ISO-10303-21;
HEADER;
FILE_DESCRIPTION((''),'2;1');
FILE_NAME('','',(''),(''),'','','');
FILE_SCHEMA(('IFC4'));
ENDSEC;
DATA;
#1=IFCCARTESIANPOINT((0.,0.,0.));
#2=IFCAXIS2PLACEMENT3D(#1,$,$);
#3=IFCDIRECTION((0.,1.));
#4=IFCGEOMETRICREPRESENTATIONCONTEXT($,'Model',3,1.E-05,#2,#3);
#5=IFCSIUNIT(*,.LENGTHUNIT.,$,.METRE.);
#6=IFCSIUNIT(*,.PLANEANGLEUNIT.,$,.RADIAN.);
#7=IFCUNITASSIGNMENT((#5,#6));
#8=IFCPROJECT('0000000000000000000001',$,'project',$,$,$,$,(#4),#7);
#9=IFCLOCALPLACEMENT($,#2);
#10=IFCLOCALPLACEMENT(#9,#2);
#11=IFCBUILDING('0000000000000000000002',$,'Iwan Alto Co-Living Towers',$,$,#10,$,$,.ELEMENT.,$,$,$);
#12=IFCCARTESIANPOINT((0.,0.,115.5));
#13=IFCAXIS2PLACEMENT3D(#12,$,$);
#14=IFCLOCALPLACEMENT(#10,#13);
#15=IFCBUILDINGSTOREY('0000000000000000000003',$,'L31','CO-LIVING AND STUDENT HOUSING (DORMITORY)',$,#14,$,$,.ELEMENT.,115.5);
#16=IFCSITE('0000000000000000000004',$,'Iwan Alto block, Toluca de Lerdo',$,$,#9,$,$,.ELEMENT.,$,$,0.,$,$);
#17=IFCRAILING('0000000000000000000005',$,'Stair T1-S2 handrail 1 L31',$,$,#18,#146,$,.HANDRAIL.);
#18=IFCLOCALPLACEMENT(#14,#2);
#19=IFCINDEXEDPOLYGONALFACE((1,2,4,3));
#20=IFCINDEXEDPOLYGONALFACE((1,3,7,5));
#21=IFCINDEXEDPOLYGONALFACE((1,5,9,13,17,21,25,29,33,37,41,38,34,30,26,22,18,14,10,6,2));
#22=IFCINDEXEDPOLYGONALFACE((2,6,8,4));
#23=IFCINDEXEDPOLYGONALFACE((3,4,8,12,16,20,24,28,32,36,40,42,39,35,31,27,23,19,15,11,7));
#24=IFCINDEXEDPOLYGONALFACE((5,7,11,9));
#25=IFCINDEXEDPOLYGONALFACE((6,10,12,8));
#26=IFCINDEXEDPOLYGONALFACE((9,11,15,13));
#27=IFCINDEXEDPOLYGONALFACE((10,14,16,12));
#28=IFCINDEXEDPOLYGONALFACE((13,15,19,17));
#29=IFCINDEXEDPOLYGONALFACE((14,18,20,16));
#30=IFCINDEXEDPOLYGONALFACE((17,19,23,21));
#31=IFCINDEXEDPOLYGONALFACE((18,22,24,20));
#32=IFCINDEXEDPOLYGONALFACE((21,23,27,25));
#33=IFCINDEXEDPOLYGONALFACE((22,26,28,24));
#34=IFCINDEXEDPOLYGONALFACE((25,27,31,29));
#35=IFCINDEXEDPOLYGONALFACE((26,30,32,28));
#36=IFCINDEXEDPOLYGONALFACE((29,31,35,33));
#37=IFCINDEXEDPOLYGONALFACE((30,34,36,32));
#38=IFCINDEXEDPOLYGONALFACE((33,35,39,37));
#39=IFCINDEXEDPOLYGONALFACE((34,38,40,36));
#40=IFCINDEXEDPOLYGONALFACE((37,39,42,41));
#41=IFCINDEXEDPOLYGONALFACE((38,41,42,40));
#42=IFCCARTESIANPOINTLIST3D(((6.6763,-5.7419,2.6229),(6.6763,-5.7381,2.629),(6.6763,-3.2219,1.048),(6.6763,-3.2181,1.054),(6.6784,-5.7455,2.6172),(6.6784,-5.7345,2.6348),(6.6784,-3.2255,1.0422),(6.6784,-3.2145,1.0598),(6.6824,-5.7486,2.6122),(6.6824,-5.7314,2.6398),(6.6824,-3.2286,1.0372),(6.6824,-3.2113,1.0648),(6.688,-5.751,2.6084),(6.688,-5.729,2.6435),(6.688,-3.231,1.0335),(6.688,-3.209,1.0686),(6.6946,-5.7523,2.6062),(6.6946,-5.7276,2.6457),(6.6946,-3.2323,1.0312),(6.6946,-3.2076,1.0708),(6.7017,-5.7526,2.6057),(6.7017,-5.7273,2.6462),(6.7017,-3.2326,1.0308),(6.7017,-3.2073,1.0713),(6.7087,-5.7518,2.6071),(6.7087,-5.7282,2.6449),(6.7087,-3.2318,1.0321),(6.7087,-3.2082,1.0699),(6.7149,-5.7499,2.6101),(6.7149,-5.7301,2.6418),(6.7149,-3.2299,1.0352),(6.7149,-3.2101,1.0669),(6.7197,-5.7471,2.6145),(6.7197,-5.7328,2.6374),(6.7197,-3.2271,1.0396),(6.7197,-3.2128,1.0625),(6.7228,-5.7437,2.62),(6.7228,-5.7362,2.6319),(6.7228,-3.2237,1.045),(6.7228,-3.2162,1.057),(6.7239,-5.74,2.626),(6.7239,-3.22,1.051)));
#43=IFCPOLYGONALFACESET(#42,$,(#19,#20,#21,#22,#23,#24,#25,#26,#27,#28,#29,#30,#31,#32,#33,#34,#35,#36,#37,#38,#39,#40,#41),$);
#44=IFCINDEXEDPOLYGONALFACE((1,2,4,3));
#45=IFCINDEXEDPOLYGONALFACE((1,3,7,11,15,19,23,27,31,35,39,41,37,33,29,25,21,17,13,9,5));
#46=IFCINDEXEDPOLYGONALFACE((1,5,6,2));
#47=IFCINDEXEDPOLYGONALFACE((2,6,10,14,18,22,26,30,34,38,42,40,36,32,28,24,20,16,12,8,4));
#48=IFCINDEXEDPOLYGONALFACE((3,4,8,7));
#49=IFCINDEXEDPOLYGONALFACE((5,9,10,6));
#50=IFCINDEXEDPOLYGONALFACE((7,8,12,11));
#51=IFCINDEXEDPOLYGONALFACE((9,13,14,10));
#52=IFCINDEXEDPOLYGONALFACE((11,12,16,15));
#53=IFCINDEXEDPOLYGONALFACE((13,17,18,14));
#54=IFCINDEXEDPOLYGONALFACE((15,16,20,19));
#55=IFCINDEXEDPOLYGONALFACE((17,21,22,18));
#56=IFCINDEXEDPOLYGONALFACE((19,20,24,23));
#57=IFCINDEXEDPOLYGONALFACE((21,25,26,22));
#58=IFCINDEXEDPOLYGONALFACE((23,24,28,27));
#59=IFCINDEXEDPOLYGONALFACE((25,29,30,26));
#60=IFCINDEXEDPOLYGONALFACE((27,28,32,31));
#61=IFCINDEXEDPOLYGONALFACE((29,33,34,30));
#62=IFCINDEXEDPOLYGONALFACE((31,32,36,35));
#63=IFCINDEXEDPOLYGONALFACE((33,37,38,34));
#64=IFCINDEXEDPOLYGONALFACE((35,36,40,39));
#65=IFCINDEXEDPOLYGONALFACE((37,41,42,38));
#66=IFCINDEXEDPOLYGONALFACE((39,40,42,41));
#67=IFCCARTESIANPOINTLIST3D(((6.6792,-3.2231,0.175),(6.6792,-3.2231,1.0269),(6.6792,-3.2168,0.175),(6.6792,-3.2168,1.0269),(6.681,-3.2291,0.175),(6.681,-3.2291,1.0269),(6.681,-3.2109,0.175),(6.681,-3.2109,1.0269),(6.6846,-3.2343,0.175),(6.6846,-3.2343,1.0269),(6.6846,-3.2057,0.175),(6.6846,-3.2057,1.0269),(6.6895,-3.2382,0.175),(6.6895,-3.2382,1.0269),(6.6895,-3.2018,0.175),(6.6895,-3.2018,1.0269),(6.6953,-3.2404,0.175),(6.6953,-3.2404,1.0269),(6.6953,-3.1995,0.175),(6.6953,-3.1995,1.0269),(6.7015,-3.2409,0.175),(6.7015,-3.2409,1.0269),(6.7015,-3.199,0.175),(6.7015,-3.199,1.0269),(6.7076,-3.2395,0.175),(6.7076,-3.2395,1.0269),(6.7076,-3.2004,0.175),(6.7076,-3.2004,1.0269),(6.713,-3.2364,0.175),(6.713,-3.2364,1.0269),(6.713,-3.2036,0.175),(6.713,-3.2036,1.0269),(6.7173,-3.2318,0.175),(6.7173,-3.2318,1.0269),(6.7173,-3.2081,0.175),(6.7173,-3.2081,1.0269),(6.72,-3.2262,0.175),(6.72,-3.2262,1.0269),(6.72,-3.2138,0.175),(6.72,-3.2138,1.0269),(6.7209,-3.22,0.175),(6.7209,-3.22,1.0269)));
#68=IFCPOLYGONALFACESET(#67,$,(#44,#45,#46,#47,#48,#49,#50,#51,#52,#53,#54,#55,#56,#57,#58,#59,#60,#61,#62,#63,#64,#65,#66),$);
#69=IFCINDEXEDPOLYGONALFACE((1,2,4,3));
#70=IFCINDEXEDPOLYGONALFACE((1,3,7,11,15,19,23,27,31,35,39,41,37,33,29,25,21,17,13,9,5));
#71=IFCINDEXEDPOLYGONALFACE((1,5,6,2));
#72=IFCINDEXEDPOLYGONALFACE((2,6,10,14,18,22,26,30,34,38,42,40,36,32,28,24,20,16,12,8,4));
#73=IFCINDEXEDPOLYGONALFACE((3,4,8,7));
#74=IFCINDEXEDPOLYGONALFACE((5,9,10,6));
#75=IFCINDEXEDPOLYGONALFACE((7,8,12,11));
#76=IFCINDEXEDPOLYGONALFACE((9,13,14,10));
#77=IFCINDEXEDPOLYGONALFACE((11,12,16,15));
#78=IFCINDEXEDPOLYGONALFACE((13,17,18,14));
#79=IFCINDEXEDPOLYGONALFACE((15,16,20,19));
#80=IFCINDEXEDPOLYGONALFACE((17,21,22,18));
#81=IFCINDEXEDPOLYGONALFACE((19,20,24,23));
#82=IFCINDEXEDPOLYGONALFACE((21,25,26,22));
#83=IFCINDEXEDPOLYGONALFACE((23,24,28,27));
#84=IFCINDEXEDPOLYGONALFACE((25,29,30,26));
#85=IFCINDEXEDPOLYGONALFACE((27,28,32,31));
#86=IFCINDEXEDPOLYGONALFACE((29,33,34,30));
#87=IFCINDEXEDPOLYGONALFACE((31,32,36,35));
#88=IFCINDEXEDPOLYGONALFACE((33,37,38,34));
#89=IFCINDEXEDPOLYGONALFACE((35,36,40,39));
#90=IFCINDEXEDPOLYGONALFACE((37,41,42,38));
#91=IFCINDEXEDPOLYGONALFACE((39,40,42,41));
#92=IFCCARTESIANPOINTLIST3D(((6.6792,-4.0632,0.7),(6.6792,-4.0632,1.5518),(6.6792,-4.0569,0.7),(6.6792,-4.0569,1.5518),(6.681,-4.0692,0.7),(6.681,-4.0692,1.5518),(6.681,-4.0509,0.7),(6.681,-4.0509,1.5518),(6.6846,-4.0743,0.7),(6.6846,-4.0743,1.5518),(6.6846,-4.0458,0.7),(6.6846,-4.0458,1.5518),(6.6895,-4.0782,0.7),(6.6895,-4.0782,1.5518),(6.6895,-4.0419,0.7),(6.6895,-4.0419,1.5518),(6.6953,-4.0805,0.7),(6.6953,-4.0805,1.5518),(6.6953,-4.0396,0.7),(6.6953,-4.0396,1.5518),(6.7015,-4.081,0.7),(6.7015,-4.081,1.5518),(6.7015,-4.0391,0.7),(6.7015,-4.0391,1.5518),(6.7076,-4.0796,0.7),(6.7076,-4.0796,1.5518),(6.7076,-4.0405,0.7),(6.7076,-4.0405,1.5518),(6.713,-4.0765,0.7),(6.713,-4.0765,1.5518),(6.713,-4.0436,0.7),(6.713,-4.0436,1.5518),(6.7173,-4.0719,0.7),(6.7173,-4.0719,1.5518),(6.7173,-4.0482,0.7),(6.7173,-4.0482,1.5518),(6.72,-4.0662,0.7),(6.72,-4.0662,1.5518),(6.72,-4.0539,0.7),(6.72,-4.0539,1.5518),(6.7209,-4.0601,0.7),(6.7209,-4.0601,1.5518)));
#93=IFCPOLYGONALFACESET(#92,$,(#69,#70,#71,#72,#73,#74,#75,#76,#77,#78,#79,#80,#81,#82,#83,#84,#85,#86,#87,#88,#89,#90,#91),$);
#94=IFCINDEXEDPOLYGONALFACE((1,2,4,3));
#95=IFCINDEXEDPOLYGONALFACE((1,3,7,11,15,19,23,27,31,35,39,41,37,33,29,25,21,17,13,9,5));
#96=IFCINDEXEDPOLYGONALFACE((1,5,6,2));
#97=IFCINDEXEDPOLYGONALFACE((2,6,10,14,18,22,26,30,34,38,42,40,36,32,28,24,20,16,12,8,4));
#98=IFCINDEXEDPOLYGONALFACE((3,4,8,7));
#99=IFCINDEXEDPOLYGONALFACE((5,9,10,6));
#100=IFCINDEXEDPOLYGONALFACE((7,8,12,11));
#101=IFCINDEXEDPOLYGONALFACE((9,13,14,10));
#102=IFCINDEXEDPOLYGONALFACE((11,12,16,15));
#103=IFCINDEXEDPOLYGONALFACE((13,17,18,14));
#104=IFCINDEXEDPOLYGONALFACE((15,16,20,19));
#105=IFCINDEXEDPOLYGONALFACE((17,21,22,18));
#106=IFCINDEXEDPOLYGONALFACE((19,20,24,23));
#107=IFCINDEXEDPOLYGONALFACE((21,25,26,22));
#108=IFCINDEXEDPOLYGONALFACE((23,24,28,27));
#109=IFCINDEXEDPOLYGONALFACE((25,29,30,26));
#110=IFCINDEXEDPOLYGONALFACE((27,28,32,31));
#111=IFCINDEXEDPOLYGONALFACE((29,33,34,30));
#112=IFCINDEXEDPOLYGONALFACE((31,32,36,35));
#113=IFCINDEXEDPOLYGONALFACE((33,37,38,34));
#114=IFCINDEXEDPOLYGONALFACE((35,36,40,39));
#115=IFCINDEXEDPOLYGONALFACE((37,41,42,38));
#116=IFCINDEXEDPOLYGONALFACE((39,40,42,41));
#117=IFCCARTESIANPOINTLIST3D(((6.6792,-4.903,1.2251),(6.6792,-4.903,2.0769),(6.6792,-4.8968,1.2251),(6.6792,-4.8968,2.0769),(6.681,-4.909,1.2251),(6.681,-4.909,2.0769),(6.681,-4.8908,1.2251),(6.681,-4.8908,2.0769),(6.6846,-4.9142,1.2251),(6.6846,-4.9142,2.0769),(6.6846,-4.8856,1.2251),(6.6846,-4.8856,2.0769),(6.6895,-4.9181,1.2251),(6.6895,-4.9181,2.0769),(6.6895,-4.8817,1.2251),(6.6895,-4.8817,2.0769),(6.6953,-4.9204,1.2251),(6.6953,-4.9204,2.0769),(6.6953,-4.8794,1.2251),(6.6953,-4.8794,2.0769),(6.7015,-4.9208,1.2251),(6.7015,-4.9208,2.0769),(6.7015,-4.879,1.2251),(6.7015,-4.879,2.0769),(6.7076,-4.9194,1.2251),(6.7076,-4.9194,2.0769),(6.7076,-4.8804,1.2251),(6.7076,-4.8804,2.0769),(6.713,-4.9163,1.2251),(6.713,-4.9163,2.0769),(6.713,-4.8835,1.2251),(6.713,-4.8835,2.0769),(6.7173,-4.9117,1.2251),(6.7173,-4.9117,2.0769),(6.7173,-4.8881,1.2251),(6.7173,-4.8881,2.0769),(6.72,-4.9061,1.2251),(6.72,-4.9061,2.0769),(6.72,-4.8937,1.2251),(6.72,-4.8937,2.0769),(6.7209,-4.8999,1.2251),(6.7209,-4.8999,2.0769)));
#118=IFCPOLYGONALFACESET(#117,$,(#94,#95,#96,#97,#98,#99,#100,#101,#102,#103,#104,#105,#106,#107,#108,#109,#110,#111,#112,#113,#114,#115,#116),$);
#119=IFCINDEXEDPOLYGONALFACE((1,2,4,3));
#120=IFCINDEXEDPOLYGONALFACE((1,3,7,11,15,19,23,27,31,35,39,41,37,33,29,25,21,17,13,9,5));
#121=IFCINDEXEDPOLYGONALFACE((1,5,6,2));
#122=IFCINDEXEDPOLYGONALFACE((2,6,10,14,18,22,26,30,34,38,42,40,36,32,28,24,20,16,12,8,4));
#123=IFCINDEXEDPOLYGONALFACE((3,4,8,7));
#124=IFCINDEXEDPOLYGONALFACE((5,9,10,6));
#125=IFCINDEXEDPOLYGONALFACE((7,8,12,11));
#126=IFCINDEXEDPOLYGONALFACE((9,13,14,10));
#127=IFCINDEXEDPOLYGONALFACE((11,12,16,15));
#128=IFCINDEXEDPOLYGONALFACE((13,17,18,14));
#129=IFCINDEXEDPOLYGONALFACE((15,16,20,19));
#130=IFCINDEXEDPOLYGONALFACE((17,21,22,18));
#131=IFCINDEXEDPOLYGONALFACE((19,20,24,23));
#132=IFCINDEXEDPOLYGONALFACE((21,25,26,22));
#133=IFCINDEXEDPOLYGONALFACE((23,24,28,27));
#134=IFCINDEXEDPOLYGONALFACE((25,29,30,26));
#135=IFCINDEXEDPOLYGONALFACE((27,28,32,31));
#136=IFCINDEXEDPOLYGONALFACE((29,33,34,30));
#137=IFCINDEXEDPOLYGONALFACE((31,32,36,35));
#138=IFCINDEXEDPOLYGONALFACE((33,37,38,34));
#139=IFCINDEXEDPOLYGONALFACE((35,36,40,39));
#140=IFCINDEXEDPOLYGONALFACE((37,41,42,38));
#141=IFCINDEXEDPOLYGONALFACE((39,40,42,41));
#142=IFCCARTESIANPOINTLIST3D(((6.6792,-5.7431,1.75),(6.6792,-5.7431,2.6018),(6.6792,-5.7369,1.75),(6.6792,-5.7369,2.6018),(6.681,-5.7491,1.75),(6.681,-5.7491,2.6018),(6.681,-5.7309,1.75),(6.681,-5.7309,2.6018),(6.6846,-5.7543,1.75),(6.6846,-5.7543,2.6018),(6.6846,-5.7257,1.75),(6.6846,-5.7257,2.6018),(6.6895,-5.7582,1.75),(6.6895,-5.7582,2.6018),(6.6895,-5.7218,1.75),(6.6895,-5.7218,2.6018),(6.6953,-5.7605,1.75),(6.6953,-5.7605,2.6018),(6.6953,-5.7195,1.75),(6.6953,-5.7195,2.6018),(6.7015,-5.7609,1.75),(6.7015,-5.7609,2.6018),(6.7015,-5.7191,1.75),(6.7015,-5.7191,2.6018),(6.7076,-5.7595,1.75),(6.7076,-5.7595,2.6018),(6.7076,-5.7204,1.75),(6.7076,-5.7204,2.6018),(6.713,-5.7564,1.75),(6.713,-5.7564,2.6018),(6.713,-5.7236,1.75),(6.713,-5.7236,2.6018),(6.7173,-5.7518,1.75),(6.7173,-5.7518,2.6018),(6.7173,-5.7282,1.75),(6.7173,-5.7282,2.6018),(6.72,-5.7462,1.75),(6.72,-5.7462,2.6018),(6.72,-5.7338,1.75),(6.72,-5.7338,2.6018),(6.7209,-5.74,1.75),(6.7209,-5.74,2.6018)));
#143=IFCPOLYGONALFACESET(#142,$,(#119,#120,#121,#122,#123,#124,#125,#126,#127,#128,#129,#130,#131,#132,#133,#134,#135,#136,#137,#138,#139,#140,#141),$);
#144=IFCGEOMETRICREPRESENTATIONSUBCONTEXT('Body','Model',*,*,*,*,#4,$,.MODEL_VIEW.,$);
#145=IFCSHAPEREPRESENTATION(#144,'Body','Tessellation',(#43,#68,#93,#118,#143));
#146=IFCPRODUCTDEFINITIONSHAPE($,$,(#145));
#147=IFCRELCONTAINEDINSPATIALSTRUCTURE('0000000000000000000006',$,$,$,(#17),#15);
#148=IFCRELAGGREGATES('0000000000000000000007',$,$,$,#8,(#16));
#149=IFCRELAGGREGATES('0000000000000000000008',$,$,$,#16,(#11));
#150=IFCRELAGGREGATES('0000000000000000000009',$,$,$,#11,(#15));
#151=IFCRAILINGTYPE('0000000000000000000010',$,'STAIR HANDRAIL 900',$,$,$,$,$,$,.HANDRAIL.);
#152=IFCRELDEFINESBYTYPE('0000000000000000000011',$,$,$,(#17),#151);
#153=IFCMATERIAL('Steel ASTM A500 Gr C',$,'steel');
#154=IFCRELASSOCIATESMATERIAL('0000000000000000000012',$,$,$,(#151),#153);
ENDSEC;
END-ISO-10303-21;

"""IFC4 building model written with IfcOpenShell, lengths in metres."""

from ifc_helpers import new_model, si_unit, direction, frame, origin, origin_2d, place, context, subcontext, project, spatial, circle, extrude, material, type_object, element, save


model = new_model("IFC4")

# Units and contexts
model_context = context("Model", 3, precision=1e-05, world=origin(), true_north=direction((0.0, 1.0)))
body_context = subcontext(model_context, "Body", "Model", "MODEL_VIEW")
ifc_project = project(units=[si_unit("LENGTHUNIT", "METRE"), si_unit("PLANEANGLEUNIT", "RADIAN")], contexts=[model_context])

# Site, building, storey
site_placement = place(None, origin())
site = spatial("IfcSite", under=ifc_project, at=site_placement, Name="Iwan Alto block, Toluca de Lerdo", CompositionType="ELEMENT", RefElevation=0.0)
building_placement = place(site_placement, origin())
building = spatial("IfcBuilding", under=site, at=building_placement, Name="Iwan Alto Co-Living Towers", CompositionType="ELEMENT")
storey_placement = place(building_placement, frame((0.0, 0.0, 115.5)))
storey = spatial("IfcBuildingStorey", under=building, at=storey_placement, Name="L31", Description="CO-LIVING AND STUDENT HOUSING (DORMITORY)", CompositionType="ELEMENT", Elevation=115.5)

# Railing
ifc_material_1 = material(Name="Steel ASTM A500 Gr C", Category="steel")
railing_type_1 = type_object("IfcRailingType", Name="STAIR HANDRAIL 900", PredefinedType="HANDRAIL", material=ifc_material_1)
railing_1_placement = place(storey_placement, frame((6.7, -3.22, 0.175)))
element("IfcRailing", 1, at=railing_1_placement, inside=storey, type_object=railing_type_1, Name="Stair T1-S2 handrail 1 L31", PredefinedType="HANDRAIL", context=body_context, shape_type="SweptSolid", body=[
    extrude(circle(Radius=0.0239, at=origin_2d()), frame((0.0, 0.0, 0.876), z_axis=(0.0, -0.848008, 0.529984), x_axis=(1.0, 0.0, 0.0)), (0.0, 0.0, 1.0), 2.9717),
    extrude(circle(Radius=0.021, at=origin_2d()), origin(), (0.0, 0.0, 1.0), 0.8518),
    extrude(circle(Radius=0.021, at=origin_2d()), frame((0.0, -0.8401, 0.5249)), (0.0, 0.0, 1.0), 0.8518),
    extrude(circle(Radius=0.021, at=origin_2d()), frame((0.0, -1.6799, 1.05)), (0.0, 0.0, 1.0), 0.8518),
    extrude(circle(Radius=0.021, at=origin_2d()), frame((0.0, -2.52, 1.575)), (0.0, 0.0, 1.0), 0.8518),
])

save(model, "model.ifc")
